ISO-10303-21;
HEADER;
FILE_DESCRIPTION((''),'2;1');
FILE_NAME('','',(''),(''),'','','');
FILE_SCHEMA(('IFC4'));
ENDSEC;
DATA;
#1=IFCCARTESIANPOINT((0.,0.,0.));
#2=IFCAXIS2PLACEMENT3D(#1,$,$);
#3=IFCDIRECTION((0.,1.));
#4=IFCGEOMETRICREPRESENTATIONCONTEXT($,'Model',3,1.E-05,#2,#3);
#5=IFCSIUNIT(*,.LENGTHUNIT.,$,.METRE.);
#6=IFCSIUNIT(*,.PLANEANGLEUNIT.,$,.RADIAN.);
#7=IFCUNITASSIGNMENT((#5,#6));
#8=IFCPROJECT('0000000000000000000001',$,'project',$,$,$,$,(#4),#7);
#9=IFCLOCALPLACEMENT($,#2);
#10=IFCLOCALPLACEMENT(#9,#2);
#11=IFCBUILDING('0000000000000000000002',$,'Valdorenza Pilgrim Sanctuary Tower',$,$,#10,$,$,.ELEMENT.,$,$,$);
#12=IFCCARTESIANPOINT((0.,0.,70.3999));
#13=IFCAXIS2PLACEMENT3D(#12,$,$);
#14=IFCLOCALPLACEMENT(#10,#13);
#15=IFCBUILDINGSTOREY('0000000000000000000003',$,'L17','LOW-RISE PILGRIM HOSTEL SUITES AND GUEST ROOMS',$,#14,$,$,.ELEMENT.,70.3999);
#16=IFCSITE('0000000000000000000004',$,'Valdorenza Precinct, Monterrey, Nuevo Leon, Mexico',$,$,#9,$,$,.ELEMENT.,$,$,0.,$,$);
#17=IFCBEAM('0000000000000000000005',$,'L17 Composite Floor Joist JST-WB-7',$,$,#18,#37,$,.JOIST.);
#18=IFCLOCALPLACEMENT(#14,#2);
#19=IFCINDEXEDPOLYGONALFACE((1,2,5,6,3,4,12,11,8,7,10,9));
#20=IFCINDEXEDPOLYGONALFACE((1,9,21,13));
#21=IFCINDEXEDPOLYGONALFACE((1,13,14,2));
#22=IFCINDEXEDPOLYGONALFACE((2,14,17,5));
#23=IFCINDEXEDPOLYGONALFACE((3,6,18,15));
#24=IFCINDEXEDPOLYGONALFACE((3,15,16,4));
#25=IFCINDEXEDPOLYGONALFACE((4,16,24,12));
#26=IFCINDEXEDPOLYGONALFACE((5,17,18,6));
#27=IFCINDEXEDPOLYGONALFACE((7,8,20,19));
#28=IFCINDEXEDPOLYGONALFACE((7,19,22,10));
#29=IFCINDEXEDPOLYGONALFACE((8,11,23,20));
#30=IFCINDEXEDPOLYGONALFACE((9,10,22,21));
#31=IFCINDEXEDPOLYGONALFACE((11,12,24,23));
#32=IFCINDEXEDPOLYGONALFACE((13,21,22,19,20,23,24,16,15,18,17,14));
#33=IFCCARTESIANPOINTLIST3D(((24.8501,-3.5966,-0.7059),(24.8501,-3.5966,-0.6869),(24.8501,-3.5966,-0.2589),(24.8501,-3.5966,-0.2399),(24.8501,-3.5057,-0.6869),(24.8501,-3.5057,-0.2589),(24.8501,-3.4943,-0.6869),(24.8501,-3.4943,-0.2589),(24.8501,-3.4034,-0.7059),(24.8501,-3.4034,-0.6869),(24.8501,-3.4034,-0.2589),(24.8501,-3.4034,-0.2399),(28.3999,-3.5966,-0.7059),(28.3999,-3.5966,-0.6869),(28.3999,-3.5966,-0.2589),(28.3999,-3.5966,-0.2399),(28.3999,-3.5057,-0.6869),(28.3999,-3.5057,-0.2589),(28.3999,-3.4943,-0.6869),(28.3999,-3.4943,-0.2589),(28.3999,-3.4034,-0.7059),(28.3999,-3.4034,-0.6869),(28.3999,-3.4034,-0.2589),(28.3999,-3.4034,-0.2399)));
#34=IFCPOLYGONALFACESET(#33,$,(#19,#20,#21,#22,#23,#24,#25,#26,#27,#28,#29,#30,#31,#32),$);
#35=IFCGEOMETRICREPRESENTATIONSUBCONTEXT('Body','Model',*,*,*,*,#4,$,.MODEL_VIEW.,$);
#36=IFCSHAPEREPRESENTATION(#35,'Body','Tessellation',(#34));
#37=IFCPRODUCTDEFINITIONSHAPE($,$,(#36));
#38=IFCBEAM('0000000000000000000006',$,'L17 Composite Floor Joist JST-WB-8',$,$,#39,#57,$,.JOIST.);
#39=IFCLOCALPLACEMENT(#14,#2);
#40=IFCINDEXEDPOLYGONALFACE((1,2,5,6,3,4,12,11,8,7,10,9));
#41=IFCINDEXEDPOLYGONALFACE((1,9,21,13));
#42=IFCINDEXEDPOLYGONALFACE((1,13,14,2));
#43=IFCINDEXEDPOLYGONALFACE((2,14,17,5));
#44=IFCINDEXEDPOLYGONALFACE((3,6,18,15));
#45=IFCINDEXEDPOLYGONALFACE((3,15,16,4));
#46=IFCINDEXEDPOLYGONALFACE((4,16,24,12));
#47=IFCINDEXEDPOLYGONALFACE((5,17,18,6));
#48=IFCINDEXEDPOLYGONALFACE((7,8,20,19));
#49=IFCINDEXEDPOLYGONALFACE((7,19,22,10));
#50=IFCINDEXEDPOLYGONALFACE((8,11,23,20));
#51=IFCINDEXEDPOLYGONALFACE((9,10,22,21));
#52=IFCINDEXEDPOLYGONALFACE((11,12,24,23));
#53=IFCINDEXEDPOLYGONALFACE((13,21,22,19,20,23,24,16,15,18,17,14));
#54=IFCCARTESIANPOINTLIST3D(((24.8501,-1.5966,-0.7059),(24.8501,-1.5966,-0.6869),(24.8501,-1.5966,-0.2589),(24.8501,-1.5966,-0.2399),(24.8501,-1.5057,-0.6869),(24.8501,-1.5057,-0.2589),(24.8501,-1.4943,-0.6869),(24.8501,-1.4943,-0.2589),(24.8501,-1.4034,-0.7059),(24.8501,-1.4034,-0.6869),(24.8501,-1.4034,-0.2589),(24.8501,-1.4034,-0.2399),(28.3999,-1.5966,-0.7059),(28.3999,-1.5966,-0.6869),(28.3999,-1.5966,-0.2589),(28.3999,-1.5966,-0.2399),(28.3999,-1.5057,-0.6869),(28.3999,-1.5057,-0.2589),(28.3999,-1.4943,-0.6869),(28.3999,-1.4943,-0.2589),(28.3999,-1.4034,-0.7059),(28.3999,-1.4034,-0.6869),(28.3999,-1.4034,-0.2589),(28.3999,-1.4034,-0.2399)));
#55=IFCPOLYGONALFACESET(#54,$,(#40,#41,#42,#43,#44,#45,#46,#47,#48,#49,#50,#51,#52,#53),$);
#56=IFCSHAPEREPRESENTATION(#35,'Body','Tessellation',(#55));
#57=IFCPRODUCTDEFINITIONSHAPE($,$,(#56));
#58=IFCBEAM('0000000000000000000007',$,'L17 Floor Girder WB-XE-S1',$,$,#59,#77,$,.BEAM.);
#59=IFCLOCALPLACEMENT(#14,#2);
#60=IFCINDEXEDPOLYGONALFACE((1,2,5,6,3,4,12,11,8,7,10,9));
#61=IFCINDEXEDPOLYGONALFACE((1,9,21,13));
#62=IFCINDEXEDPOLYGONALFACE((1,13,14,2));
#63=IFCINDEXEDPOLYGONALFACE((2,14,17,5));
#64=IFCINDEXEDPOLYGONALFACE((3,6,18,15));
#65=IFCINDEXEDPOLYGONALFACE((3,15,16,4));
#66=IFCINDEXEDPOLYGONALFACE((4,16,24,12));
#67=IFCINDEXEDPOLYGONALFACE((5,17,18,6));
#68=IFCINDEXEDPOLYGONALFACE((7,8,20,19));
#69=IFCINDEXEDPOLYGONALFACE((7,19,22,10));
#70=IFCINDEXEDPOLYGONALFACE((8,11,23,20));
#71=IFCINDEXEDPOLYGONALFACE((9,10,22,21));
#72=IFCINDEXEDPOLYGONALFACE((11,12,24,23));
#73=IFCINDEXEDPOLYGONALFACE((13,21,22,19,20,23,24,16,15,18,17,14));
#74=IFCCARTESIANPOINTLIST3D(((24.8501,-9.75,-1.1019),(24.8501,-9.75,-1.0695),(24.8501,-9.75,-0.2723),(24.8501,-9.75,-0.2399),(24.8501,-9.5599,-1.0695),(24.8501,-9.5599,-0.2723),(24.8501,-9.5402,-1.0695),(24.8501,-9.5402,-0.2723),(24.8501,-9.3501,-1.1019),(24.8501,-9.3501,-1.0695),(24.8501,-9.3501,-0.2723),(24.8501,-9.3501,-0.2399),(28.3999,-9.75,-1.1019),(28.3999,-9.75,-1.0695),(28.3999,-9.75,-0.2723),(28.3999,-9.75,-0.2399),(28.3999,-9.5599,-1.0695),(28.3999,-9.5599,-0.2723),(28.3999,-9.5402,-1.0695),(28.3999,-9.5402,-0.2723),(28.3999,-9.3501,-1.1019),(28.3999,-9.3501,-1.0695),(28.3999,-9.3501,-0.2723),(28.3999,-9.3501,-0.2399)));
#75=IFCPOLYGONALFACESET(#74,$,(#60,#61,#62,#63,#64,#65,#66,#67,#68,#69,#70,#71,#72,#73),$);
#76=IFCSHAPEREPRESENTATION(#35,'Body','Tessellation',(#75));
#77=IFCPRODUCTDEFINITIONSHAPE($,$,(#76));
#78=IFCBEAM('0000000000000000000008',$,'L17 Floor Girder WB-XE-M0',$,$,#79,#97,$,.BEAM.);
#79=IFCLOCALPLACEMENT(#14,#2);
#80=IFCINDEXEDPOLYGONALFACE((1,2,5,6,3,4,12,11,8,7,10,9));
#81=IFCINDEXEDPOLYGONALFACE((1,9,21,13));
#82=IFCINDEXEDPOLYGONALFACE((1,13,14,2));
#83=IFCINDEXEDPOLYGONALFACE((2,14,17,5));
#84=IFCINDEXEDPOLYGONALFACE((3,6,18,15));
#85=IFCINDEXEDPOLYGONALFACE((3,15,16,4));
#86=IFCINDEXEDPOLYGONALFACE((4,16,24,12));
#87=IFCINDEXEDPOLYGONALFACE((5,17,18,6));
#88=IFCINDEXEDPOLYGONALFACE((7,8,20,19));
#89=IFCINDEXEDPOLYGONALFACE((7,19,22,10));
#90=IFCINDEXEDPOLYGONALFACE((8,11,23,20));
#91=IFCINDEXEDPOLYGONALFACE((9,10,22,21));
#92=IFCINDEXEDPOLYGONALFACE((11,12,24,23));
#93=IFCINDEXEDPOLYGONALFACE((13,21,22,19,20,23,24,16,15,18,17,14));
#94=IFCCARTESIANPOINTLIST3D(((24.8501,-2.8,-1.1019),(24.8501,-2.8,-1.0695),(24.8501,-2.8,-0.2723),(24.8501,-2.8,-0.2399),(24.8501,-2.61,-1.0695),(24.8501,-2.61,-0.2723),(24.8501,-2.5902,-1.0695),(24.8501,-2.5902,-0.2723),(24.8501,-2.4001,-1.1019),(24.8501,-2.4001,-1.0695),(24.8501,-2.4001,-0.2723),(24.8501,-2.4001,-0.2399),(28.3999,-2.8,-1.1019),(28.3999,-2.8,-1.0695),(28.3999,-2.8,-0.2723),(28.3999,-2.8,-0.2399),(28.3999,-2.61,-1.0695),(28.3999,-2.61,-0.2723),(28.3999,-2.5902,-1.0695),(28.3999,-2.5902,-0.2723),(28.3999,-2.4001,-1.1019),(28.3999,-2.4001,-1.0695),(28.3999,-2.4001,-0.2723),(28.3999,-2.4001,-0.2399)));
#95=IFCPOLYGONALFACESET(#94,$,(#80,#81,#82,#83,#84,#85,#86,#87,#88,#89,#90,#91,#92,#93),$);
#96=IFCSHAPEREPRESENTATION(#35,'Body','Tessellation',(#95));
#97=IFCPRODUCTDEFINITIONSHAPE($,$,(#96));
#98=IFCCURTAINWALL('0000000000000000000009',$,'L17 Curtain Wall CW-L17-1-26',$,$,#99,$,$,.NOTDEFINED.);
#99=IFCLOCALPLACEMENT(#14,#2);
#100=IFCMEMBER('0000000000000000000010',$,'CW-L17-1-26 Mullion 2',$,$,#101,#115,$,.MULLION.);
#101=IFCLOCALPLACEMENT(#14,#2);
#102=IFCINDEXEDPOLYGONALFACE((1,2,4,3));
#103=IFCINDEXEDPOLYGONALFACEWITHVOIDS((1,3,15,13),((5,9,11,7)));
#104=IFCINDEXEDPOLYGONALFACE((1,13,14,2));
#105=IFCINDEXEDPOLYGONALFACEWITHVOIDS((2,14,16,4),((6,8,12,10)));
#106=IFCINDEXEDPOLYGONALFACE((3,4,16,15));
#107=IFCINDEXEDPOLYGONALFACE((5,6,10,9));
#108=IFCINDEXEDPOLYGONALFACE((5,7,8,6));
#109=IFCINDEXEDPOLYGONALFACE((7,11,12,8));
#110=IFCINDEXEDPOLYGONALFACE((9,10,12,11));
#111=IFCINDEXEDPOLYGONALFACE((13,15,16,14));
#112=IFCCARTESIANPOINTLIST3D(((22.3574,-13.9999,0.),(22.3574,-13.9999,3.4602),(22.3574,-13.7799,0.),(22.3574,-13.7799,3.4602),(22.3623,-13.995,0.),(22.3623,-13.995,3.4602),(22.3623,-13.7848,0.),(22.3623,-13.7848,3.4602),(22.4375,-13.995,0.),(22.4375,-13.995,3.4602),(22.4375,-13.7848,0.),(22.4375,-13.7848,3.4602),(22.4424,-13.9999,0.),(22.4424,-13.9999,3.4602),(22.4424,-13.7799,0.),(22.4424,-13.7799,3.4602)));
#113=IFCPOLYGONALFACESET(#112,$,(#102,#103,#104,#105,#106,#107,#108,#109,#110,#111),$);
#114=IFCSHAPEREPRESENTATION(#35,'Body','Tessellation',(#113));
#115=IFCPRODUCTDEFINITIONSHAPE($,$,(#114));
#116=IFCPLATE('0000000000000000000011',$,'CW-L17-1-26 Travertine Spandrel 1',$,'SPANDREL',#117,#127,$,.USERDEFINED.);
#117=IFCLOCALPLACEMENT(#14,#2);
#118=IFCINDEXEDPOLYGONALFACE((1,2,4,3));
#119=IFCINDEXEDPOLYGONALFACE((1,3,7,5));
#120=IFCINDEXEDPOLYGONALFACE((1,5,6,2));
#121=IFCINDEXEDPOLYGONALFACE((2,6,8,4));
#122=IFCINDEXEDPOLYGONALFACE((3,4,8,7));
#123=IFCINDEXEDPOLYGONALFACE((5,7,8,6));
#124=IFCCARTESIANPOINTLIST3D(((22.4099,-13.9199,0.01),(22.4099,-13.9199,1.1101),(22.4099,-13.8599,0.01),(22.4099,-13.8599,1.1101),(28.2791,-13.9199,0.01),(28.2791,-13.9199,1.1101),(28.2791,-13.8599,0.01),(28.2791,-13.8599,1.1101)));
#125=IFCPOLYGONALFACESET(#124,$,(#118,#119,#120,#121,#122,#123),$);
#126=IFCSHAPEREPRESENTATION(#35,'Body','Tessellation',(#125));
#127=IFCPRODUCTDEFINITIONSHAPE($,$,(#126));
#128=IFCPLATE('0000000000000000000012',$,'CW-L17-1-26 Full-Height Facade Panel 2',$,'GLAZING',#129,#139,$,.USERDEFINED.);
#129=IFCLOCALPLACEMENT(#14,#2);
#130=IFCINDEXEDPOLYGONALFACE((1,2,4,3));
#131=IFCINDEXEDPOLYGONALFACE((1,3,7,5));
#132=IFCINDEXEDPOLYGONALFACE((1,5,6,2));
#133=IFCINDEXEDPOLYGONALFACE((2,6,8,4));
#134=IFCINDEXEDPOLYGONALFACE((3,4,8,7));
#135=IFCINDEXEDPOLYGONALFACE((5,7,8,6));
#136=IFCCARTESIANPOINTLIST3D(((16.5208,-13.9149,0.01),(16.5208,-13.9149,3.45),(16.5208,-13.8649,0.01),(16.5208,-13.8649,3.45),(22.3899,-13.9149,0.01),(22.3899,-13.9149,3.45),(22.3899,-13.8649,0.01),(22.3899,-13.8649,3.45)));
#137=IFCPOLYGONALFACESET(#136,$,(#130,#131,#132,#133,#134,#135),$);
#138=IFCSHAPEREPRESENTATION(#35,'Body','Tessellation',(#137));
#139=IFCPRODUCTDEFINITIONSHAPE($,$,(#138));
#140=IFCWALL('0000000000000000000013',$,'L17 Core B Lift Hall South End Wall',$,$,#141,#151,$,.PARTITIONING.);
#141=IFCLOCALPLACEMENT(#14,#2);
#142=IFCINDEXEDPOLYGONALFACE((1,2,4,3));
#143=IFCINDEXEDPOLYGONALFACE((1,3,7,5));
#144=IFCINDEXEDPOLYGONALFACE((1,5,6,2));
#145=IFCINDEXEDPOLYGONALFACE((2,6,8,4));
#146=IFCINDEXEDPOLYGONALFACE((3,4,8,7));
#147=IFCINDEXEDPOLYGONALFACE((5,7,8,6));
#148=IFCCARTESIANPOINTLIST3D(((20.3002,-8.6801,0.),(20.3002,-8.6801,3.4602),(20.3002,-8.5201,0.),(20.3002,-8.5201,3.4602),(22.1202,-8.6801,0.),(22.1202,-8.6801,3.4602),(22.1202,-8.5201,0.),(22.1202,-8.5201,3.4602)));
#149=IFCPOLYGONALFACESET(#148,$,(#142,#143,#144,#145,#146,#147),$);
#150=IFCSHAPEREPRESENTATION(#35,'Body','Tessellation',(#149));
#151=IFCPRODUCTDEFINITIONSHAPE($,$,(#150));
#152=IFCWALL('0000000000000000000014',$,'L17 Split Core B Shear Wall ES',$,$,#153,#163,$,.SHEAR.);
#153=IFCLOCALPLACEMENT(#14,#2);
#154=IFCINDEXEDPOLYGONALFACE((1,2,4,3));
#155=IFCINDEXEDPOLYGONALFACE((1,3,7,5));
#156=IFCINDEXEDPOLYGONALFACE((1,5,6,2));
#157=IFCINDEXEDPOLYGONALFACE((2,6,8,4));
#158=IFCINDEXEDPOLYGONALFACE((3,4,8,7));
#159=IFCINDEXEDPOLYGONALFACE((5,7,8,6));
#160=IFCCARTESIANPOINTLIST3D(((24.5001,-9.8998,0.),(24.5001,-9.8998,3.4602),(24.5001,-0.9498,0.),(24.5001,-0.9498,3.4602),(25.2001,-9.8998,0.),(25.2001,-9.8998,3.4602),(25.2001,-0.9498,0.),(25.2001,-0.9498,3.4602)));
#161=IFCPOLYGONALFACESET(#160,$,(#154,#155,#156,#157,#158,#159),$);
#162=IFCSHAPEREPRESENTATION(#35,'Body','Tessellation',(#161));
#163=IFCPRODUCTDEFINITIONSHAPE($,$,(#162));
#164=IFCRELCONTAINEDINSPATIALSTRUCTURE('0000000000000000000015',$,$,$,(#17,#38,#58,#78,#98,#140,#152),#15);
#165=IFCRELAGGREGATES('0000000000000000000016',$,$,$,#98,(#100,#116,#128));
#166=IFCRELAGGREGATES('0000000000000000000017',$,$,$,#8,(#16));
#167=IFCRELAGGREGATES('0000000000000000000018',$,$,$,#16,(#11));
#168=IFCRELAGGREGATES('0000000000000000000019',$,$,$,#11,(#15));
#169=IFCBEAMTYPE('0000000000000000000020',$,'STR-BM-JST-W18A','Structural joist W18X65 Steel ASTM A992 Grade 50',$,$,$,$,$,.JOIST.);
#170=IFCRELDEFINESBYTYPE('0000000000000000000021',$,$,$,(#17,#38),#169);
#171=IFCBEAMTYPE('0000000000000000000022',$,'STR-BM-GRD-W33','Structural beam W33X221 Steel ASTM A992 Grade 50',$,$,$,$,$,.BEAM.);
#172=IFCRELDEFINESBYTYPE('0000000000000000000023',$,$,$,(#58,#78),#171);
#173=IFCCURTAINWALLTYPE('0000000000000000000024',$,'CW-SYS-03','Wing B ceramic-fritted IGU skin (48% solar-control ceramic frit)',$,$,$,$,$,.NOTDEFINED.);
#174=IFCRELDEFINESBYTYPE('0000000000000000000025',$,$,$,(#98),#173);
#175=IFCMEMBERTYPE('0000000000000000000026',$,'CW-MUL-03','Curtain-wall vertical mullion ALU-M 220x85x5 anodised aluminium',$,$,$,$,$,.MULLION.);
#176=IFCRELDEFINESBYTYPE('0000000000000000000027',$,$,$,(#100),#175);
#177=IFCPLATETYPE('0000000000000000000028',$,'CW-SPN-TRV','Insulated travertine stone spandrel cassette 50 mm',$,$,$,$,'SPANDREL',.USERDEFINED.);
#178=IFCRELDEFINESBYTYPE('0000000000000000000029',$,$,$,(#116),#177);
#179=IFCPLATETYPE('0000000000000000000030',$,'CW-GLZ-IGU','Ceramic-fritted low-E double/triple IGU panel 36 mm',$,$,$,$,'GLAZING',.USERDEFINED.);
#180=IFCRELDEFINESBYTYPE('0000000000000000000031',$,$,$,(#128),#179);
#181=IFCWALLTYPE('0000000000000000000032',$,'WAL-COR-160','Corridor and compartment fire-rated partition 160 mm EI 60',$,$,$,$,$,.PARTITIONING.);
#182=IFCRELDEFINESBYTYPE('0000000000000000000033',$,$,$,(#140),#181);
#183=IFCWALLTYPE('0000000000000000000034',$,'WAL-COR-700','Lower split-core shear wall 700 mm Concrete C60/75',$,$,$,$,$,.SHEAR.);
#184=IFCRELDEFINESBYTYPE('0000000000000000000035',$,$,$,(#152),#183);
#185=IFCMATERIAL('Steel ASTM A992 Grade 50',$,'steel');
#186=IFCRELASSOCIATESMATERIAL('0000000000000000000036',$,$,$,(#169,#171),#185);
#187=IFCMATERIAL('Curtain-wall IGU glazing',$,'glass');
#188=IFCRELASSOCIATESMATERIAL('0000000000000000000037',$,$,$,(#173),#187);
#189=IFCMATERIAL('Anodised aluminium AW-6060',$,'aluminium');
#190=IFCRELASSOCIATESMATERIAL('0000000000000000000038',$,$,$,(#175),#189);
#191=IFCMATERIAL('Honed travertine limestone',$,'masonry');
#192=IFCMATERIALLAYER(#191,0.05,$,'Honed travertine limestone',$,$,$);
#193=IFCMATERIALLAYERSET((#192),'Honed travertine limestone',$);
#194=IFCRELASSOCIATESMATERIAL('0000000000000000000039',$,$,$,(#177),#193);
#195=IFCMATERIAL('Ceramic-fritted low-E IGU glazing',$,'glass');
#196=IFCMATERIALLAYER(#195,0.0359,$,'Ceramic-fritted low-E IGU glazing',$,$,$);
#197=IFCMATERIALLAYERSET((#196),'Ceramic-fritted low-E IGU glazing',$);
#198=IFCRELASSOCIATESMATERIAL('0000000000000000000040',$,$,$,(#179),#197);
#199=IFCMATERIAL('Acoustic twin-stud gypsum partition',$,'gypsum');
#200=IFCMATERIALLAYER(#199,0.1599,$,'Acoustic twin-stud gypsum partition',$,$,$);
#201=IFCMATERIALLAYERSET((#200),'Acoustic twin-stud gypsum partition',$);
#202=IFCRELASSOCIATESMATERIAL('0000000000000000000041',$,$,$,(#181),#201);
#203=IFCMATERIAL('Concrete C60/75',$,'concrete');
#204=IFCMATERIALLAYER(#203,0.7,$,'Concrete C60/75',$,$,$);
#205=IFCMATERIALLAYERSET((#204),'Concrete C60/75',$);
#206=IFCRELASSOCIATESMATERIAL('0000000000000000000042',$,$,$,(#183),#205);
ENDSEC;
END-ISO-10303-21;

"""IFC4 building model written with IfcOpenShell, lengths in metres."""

from ifc_helpers import new_model, si_unit, direction, frame, frame_2d, origin, origin_2d, place, context, subcontext, project, spatial, rectangle, hollow_rectangle, i_section, extrude, source, transform, mapped, material, layer, layer_set, material_profile, profile_set, type_object, element, aggregate, save


model = new_model("IFC4")

# Units and contexts
model_context = context("Model", 3, precision=1e-05, world=origin(), true_north=direction((0.0, 1.0)))
body_context = subcontext(model_context, "Body", "Model", "MODEL_VIEW")
ifc_project = project(units=[si_unit("LENGTHUNIT", "METRE"), si_unit("PLANEANGLEUNIT", "RADIAN")], contexts=[model_context])

# Site, building, storey
site_placement = place(None, origin())
site = spatial("IfcSite", under=ifc_project, at=site_placement, Name="Valdorenza Precinct, Monterrey, Nuevo Leon, Mexico", CompositionType="ELEMENT", RefElevation=0.0)
building_placement = place(site_placement, origin())
building = spatial("IfcBuilding", under=site, at=building_placement, Name="Valdorenza Pilgrim Sanctuary Tower", CompositionType="ELEMENT")
storey_placement = place(building_placement, frame((0.0, 0.0, 70.3999)))
storey = spatial("IfcBuildingStorey", under=building, at=storey_placement, Name="L17", Description="LOW-RISE PILGRIM HOSTEL SUITES AND GUEST ROOMS", CompositionType="ELEMENT", Elevation=70.3999)

# Shared definitions
ifc_material_1 = material(Name="Concrete C60/75", Category="concrete")

# Beams
ifc_material_2 = material(Name="Steel ASTM A992 Grade 50", Category="steel")
ifc_material_profile_1 = material_profile(ifc_material_2, i_section(OverallWidth=0.1931, OverallDepth=0.4661, WebThickness=0.0115, FlangeThickness=0.019, at=origin_2d()), Name="W18X65")
ifc_profile_set_1 = profile_set([ifc_material_profile_1], Name="Steel ASTM A992 Grade 50")
beam_type_1 = type_object("IfcBeamType", Name="STR-BM-JST-W18A", Description="Structural joist W18X65 Steel ASTM A992 Grade 50", PredefinedType="JOIST", material=ifc_profile_set_1)
shared_shape_1 = source(origin(), body_context, "Body", "SweptSolid", [
    extrude(i_section(OverallWidth=0.1931, OverallDepth=0.4661, WebThickness=0.0115, FlangeThickness=0.019, at=origin_2d()), origin(), (0.0, 0.0, 1.0), 3.5498),
])
for number, where, z_axis, x_axis, name in (
    (1, (24.8501, -3.5, -0.4729), (1.0, 0.0, 0.0), (0.0, 1.0, 0.0), "L17 Composite Floor Joist JST-WB-7"),
    (2, (24.8501, -1.5, -0.4729), (1.0, 0.0, 0.0), (0.0, 1.0, 0.0), "L17 Composite Floor Joist JST-WB-8"),
):
    element("IfcBeam", number, at=place(storey_placement, frame(where, z_axis=z_axis, x_axis=x_axis)), inside=storey, type_object=beam_type_1, Name=name, PredefinedType="JOIST", context=body_context, shape_type="MappedRepresentation", body=[
        mapped(shared_shape_1, transform((0.0, 0.0, 0.0), x_axis=(1.0, 0.0, 0.0), y_axis=(0.0, 1.0, 0.0), z_axis=(0.0, 0.0, 1.0), scale=1.0)),
    ])
ifc_material_profile_2 = material_profile(ifc_material_2, i_section(OverallWidth=0.3999, OverallDepth=0.8621, WebThickness=0.0198, FlangeThickness=0.0325, at=origin_2d()), Name="W33X221")
ifc_profile_set_2 = profile_set([ifc_material_profile_2], Name="Steel ASTM A992 Grade 50")
beam_type_2 = type_object("IfcBeamType", Name="STR-BM-GRD-W33", Description="Structural beam W33X221 Steel ASTM A992 Grade 50", PredefinedType="BEAM", material=ifc_profile_set_2)
shared_shape_2 = source(origin(), body_context, "Body", "SweptSolid", [
    extrude(i_section(OverallWidth=0.3999, OverallDepth=0.8621, WebThickness=0.0198, FlangeThickness=0.0325, at=origin_2d()), origin(), (0.0, 0.0, 1.0), 3.5498),
])
for number, where, z_axis, x_axis, name in (
    (3, (24.8501, -9.55, -0.6709), (1.0, 0.0, 0.0), (0.0, 1.0, 0.0), "L17 Floor Girder WB-XE-S1"),
    (4, (24.8501, -2.6001, -0.6709), (1.0, 0.0, 0.0), (0.0, 1.0, 0.0), "L17 Floor Girder WB-XE-M0"),
):
    element("IfcBeam", number, at=place(storey_placement, frame(where, z_axis=z_axis, x_axis=x_axis)), inside=storey, type_object=beam_type_2, Name=name, PredefinedType="BEAM", context=body_context, shape_type="MappedRepresentation", body=[
        mapped(shared_shape_2, transform((0.0, 0.0, 0.0), x_axis=(1.0, 0.0, 0.0), y_axis=(0.0, 1.0, 0.0), z_axis=(0.0, 0.0, 1.0), scale=1.0)),
    ])

# Curtain wall, member, plates
ifc_material_3 = material(Name="Curtain-wall IGU glazing", Category="glass")
curtain_wall_type = type_object("IfcCurtainWallType", Name="CW-SYS-03", Description="Wing B ceramic-fritted IGU skin (48% solar-control ceramic frit)", PredefinedType="NOTDEFINED", material=ifc_material_3)
curtain_wall_placement = place(storey_placement, origin())
curtain_wall = element("IfcCurtainWall", 5, at=curtain_wall_placement, inside=storey, type_object=curtain_wall_type, Name="L17 Curtain Wall CW-L17-1-26", PredefinedType="NOTDEFINED")
ifc_material_4 = material(Name="Anodised aluminium AW-6060", Category="aluminium")
ifc_material_profile_3 = material_profile(ifc_material_4, hollow_rectangle(XDim=0.085, YDim=0.22, WallThickness=0.0049, at=origin_2d()), Name="ALU-M 220x85x5")
ifc_profile_set_3 = profile_set([ifc_material_profile_3], Name="Anodised aluminium AW-6060")
member_type = type_object("IfcMemberType", Name="CW-MUL-03", Description="Curtain-wall vertical mullion ALU-M 220x85x5 anodised aluminium", PredefinedType="MULLION", material=ifc_profile_set_3)
shared_shape_3 = source(origin(), body_context, "Body", "SweptSolid", [
    extrude(hollow_rectangle(XDim=0.085, YDim=0.22, WallThickness=0.0049, at=origin_2d()), origin(), (0.0, 0.0, 1.0), 3.4602),
])
member_placement = place(storey_placement, frame((22.3999, -13.8899, 0.0), z_axis=(0.0, 0.0, 1.0), x_axis=(-1.0, 0.0, 0.0)))
member = element("IfcMember", 6, at=member_placement, type_object=member_type, Name="CW-L17-1-26 Mullion 2", PredefinedType="MULLION", context=body_context, shape_type="MappedRepresentation", body=[
    mapped(shared_shape_3, transform((0.0, 0.0, 0.0), x_axis=(1.0, 0.0, 0.0), y_axis=(0.0, 1.0, 0.0), z_axis=(0.0, 0.0, 1.0), scale=1.0)),
])
ifc_material_5 = material(Name="Honed travertine limestone", Category="masonry")
ifc_layer_1 = layer(ifc_material_5, 0.05, Name="Honed travertine limestone")
ifc_layer_set_1 = layer_set([ifc_layer_1], Name="Honed travertine limestone")
plate_type_1 = type_object("IfcPlateType", Name="CW-SPN-TRV", Description="Insulated travertine stone spandrel cassette 50 mm", ElementType="SPANDREL", PredefinedType="USERDEFINED", material=ifc_layer_set_1)
shared_shape_4 = source(origin(), body_context, "Body", "SweptSolid", [
    extrude(rectangle(XDim=5.8691, YDim=0.0601, at=origin_2d()), origin(), (0.0, 0.0, 1.0), 1.1001),
])
plate_1_placement = place(storey_placement, frame((25.3445, -13.8899, 0.01), z_axis=(0.0, 0.0, 1.0), x_axis=(-1.0, 0.0, 0.0)))
plate_1 = element("IfcPlate", 7, at=plate_1_placement, type_object=plate_type_1, Name="CW-L17-1-26 Travertine Spandrel 1", ObjectType="SPANDREL", PredefinedType="USERDEFINED", context=body_context, shape_type="MappedRepresentation", body=[
    mapped(shared_shape_4, transform((0.0, 0.0, 0.0), x_axis=(1.0, 0.0, 0.0), y_axis=(0.0, 1.0, 0.0), z_axis=(0.0, 0.0, 1.0), scale=1.0)),
])
ifc_material_6 = material(Name="Ceramic-fritted low-E IGU glazing", Category="glass")
ifc_layer_2 = layer(ifc_material_6, 0.0359, Name="Ceramic-fritted low-E IGU glazing")
ifc_layer_set_2 = layer_set([ifc_layer_2], Name="Ceramic-fritted low-E IGU glazing")
plate_type_2 = type_object("IfcPlateType", Name="CW-GLZ-IGU", Description="Ceramic-fritted low-E double/triple IGU panel 36 mm", ElementType="GLAZING", PredefinedType="USERDEFINED", material=ifc_layer_set_2)
shared_shape_5 = source(origin(), body_context, "Body", "SweptSolid", [
    extrude(rectangle(XDim=5.8691, YDim=0.05, at=origin_2d()), origin(), (0.0, 0.0, 1.0), 3.4399),
])
plate_2_placement = place(storey_placement, frame((19.4553, -13.8899, 0.01), z_axis=(0.0, 0.0, 1.0), x_axis=(-1.0, 0.0, 0.0)))
plate_2 = element("IfcPlate", 8, at=plate_2_placement, type_object=plate_type_2, Name="CW-L17-1-26 Full-Height Facade Panel 2", ObjectType="GLAZING", PredefinedType="USERDEFINED", context=body_context, shape_type="MappedRepresentation", body=[
    mapped(shared_shape_5, transform((0.0, 0.0, 0.0), x_axis=(1.0, 0.0, 0.0), y_axis=(0.0, 1.0, 0.0), z_axis=(0.0, 0.0, 1.0), scale=1.0)),
])
aggregate(curtain_wall, [member, plate_1, plate_2])

# Walls
ifc_material_7 = material(Name="Acoustic twin-stud gypsum partition", Category="gypsum")
ifc_layer_3 = layer(ifc_material_7, 0.1599, Name="Acoustic twin-stud gypsum partition")
ifc_layer_set_3 = layer_set([ifc_layer_3], Name="Acoustic twin-stud gypsum partition")
wall_type_1 = type_object("IfcWallType", Name="WAL-COR-160", Description="Corridor and compartment fire-rated partition 160 mm EI 60", PredefinedType="PARTITIONING", material=ifc_layer_set_3)
wall_1_placement = place(storey_placement, frame((20.3, -8.6001, 0.0), z_axis=(0.0, 0.0, 1.0), x_axis=(1.0, 0.0, 0.0)))
element("IfcWall", 9, at=wall_1_placement, inside=storey, type_object=wall_type_1, Name="L17 Core B Lift Hall South End Wall", PredefinedType="PARTITIONING", context=body_context, shape_type="SweptSolid", body=[
    extrude(rectangle(XDim=1.8201, YDim=0.1599, at=frame_2d((0.9102, 0.0))), origin(), (0.0, 0.0, 1.0), 3.4602),
])
ifc_layer_4 = layer(ifc_material_1, 0.7, Name="Concrete C60/75")
ifc_layer_set_4 = layer_set([ifc_layer_4], Name="Concrete C60/75")
wall_type_2 = type_object("IfcWallType", Name="WAL-COR-700", Description="Lower split-core shear wall 700 mm Concrete C60/75", PredefinedType="SHEAR", material=ifc_layer_set_4)
wall_2_placement = place(storey_placement, frame((24.8501, -9.8999, 0.0), z_axis=(0.0, 0.0, 1.0), x_axis=(0.0, 1.0, 0.0)))
element("IfcWall", 10, at=wall_2_placement, inside=storey, type_object=wall_type_2, Name="L17 Split Core B Shear Wall ES", PredefinedType="SHEAR", context=body_context, shape_type="SweptSolid", body=[
    extrude(rectangle(XDim=8.95, YDim=0.7, at=frame_2d((4.4751, 0.0))), origin(), (0.0, 0.0, 1.0), 3.4602),
])

save(model, "model.ifc")
